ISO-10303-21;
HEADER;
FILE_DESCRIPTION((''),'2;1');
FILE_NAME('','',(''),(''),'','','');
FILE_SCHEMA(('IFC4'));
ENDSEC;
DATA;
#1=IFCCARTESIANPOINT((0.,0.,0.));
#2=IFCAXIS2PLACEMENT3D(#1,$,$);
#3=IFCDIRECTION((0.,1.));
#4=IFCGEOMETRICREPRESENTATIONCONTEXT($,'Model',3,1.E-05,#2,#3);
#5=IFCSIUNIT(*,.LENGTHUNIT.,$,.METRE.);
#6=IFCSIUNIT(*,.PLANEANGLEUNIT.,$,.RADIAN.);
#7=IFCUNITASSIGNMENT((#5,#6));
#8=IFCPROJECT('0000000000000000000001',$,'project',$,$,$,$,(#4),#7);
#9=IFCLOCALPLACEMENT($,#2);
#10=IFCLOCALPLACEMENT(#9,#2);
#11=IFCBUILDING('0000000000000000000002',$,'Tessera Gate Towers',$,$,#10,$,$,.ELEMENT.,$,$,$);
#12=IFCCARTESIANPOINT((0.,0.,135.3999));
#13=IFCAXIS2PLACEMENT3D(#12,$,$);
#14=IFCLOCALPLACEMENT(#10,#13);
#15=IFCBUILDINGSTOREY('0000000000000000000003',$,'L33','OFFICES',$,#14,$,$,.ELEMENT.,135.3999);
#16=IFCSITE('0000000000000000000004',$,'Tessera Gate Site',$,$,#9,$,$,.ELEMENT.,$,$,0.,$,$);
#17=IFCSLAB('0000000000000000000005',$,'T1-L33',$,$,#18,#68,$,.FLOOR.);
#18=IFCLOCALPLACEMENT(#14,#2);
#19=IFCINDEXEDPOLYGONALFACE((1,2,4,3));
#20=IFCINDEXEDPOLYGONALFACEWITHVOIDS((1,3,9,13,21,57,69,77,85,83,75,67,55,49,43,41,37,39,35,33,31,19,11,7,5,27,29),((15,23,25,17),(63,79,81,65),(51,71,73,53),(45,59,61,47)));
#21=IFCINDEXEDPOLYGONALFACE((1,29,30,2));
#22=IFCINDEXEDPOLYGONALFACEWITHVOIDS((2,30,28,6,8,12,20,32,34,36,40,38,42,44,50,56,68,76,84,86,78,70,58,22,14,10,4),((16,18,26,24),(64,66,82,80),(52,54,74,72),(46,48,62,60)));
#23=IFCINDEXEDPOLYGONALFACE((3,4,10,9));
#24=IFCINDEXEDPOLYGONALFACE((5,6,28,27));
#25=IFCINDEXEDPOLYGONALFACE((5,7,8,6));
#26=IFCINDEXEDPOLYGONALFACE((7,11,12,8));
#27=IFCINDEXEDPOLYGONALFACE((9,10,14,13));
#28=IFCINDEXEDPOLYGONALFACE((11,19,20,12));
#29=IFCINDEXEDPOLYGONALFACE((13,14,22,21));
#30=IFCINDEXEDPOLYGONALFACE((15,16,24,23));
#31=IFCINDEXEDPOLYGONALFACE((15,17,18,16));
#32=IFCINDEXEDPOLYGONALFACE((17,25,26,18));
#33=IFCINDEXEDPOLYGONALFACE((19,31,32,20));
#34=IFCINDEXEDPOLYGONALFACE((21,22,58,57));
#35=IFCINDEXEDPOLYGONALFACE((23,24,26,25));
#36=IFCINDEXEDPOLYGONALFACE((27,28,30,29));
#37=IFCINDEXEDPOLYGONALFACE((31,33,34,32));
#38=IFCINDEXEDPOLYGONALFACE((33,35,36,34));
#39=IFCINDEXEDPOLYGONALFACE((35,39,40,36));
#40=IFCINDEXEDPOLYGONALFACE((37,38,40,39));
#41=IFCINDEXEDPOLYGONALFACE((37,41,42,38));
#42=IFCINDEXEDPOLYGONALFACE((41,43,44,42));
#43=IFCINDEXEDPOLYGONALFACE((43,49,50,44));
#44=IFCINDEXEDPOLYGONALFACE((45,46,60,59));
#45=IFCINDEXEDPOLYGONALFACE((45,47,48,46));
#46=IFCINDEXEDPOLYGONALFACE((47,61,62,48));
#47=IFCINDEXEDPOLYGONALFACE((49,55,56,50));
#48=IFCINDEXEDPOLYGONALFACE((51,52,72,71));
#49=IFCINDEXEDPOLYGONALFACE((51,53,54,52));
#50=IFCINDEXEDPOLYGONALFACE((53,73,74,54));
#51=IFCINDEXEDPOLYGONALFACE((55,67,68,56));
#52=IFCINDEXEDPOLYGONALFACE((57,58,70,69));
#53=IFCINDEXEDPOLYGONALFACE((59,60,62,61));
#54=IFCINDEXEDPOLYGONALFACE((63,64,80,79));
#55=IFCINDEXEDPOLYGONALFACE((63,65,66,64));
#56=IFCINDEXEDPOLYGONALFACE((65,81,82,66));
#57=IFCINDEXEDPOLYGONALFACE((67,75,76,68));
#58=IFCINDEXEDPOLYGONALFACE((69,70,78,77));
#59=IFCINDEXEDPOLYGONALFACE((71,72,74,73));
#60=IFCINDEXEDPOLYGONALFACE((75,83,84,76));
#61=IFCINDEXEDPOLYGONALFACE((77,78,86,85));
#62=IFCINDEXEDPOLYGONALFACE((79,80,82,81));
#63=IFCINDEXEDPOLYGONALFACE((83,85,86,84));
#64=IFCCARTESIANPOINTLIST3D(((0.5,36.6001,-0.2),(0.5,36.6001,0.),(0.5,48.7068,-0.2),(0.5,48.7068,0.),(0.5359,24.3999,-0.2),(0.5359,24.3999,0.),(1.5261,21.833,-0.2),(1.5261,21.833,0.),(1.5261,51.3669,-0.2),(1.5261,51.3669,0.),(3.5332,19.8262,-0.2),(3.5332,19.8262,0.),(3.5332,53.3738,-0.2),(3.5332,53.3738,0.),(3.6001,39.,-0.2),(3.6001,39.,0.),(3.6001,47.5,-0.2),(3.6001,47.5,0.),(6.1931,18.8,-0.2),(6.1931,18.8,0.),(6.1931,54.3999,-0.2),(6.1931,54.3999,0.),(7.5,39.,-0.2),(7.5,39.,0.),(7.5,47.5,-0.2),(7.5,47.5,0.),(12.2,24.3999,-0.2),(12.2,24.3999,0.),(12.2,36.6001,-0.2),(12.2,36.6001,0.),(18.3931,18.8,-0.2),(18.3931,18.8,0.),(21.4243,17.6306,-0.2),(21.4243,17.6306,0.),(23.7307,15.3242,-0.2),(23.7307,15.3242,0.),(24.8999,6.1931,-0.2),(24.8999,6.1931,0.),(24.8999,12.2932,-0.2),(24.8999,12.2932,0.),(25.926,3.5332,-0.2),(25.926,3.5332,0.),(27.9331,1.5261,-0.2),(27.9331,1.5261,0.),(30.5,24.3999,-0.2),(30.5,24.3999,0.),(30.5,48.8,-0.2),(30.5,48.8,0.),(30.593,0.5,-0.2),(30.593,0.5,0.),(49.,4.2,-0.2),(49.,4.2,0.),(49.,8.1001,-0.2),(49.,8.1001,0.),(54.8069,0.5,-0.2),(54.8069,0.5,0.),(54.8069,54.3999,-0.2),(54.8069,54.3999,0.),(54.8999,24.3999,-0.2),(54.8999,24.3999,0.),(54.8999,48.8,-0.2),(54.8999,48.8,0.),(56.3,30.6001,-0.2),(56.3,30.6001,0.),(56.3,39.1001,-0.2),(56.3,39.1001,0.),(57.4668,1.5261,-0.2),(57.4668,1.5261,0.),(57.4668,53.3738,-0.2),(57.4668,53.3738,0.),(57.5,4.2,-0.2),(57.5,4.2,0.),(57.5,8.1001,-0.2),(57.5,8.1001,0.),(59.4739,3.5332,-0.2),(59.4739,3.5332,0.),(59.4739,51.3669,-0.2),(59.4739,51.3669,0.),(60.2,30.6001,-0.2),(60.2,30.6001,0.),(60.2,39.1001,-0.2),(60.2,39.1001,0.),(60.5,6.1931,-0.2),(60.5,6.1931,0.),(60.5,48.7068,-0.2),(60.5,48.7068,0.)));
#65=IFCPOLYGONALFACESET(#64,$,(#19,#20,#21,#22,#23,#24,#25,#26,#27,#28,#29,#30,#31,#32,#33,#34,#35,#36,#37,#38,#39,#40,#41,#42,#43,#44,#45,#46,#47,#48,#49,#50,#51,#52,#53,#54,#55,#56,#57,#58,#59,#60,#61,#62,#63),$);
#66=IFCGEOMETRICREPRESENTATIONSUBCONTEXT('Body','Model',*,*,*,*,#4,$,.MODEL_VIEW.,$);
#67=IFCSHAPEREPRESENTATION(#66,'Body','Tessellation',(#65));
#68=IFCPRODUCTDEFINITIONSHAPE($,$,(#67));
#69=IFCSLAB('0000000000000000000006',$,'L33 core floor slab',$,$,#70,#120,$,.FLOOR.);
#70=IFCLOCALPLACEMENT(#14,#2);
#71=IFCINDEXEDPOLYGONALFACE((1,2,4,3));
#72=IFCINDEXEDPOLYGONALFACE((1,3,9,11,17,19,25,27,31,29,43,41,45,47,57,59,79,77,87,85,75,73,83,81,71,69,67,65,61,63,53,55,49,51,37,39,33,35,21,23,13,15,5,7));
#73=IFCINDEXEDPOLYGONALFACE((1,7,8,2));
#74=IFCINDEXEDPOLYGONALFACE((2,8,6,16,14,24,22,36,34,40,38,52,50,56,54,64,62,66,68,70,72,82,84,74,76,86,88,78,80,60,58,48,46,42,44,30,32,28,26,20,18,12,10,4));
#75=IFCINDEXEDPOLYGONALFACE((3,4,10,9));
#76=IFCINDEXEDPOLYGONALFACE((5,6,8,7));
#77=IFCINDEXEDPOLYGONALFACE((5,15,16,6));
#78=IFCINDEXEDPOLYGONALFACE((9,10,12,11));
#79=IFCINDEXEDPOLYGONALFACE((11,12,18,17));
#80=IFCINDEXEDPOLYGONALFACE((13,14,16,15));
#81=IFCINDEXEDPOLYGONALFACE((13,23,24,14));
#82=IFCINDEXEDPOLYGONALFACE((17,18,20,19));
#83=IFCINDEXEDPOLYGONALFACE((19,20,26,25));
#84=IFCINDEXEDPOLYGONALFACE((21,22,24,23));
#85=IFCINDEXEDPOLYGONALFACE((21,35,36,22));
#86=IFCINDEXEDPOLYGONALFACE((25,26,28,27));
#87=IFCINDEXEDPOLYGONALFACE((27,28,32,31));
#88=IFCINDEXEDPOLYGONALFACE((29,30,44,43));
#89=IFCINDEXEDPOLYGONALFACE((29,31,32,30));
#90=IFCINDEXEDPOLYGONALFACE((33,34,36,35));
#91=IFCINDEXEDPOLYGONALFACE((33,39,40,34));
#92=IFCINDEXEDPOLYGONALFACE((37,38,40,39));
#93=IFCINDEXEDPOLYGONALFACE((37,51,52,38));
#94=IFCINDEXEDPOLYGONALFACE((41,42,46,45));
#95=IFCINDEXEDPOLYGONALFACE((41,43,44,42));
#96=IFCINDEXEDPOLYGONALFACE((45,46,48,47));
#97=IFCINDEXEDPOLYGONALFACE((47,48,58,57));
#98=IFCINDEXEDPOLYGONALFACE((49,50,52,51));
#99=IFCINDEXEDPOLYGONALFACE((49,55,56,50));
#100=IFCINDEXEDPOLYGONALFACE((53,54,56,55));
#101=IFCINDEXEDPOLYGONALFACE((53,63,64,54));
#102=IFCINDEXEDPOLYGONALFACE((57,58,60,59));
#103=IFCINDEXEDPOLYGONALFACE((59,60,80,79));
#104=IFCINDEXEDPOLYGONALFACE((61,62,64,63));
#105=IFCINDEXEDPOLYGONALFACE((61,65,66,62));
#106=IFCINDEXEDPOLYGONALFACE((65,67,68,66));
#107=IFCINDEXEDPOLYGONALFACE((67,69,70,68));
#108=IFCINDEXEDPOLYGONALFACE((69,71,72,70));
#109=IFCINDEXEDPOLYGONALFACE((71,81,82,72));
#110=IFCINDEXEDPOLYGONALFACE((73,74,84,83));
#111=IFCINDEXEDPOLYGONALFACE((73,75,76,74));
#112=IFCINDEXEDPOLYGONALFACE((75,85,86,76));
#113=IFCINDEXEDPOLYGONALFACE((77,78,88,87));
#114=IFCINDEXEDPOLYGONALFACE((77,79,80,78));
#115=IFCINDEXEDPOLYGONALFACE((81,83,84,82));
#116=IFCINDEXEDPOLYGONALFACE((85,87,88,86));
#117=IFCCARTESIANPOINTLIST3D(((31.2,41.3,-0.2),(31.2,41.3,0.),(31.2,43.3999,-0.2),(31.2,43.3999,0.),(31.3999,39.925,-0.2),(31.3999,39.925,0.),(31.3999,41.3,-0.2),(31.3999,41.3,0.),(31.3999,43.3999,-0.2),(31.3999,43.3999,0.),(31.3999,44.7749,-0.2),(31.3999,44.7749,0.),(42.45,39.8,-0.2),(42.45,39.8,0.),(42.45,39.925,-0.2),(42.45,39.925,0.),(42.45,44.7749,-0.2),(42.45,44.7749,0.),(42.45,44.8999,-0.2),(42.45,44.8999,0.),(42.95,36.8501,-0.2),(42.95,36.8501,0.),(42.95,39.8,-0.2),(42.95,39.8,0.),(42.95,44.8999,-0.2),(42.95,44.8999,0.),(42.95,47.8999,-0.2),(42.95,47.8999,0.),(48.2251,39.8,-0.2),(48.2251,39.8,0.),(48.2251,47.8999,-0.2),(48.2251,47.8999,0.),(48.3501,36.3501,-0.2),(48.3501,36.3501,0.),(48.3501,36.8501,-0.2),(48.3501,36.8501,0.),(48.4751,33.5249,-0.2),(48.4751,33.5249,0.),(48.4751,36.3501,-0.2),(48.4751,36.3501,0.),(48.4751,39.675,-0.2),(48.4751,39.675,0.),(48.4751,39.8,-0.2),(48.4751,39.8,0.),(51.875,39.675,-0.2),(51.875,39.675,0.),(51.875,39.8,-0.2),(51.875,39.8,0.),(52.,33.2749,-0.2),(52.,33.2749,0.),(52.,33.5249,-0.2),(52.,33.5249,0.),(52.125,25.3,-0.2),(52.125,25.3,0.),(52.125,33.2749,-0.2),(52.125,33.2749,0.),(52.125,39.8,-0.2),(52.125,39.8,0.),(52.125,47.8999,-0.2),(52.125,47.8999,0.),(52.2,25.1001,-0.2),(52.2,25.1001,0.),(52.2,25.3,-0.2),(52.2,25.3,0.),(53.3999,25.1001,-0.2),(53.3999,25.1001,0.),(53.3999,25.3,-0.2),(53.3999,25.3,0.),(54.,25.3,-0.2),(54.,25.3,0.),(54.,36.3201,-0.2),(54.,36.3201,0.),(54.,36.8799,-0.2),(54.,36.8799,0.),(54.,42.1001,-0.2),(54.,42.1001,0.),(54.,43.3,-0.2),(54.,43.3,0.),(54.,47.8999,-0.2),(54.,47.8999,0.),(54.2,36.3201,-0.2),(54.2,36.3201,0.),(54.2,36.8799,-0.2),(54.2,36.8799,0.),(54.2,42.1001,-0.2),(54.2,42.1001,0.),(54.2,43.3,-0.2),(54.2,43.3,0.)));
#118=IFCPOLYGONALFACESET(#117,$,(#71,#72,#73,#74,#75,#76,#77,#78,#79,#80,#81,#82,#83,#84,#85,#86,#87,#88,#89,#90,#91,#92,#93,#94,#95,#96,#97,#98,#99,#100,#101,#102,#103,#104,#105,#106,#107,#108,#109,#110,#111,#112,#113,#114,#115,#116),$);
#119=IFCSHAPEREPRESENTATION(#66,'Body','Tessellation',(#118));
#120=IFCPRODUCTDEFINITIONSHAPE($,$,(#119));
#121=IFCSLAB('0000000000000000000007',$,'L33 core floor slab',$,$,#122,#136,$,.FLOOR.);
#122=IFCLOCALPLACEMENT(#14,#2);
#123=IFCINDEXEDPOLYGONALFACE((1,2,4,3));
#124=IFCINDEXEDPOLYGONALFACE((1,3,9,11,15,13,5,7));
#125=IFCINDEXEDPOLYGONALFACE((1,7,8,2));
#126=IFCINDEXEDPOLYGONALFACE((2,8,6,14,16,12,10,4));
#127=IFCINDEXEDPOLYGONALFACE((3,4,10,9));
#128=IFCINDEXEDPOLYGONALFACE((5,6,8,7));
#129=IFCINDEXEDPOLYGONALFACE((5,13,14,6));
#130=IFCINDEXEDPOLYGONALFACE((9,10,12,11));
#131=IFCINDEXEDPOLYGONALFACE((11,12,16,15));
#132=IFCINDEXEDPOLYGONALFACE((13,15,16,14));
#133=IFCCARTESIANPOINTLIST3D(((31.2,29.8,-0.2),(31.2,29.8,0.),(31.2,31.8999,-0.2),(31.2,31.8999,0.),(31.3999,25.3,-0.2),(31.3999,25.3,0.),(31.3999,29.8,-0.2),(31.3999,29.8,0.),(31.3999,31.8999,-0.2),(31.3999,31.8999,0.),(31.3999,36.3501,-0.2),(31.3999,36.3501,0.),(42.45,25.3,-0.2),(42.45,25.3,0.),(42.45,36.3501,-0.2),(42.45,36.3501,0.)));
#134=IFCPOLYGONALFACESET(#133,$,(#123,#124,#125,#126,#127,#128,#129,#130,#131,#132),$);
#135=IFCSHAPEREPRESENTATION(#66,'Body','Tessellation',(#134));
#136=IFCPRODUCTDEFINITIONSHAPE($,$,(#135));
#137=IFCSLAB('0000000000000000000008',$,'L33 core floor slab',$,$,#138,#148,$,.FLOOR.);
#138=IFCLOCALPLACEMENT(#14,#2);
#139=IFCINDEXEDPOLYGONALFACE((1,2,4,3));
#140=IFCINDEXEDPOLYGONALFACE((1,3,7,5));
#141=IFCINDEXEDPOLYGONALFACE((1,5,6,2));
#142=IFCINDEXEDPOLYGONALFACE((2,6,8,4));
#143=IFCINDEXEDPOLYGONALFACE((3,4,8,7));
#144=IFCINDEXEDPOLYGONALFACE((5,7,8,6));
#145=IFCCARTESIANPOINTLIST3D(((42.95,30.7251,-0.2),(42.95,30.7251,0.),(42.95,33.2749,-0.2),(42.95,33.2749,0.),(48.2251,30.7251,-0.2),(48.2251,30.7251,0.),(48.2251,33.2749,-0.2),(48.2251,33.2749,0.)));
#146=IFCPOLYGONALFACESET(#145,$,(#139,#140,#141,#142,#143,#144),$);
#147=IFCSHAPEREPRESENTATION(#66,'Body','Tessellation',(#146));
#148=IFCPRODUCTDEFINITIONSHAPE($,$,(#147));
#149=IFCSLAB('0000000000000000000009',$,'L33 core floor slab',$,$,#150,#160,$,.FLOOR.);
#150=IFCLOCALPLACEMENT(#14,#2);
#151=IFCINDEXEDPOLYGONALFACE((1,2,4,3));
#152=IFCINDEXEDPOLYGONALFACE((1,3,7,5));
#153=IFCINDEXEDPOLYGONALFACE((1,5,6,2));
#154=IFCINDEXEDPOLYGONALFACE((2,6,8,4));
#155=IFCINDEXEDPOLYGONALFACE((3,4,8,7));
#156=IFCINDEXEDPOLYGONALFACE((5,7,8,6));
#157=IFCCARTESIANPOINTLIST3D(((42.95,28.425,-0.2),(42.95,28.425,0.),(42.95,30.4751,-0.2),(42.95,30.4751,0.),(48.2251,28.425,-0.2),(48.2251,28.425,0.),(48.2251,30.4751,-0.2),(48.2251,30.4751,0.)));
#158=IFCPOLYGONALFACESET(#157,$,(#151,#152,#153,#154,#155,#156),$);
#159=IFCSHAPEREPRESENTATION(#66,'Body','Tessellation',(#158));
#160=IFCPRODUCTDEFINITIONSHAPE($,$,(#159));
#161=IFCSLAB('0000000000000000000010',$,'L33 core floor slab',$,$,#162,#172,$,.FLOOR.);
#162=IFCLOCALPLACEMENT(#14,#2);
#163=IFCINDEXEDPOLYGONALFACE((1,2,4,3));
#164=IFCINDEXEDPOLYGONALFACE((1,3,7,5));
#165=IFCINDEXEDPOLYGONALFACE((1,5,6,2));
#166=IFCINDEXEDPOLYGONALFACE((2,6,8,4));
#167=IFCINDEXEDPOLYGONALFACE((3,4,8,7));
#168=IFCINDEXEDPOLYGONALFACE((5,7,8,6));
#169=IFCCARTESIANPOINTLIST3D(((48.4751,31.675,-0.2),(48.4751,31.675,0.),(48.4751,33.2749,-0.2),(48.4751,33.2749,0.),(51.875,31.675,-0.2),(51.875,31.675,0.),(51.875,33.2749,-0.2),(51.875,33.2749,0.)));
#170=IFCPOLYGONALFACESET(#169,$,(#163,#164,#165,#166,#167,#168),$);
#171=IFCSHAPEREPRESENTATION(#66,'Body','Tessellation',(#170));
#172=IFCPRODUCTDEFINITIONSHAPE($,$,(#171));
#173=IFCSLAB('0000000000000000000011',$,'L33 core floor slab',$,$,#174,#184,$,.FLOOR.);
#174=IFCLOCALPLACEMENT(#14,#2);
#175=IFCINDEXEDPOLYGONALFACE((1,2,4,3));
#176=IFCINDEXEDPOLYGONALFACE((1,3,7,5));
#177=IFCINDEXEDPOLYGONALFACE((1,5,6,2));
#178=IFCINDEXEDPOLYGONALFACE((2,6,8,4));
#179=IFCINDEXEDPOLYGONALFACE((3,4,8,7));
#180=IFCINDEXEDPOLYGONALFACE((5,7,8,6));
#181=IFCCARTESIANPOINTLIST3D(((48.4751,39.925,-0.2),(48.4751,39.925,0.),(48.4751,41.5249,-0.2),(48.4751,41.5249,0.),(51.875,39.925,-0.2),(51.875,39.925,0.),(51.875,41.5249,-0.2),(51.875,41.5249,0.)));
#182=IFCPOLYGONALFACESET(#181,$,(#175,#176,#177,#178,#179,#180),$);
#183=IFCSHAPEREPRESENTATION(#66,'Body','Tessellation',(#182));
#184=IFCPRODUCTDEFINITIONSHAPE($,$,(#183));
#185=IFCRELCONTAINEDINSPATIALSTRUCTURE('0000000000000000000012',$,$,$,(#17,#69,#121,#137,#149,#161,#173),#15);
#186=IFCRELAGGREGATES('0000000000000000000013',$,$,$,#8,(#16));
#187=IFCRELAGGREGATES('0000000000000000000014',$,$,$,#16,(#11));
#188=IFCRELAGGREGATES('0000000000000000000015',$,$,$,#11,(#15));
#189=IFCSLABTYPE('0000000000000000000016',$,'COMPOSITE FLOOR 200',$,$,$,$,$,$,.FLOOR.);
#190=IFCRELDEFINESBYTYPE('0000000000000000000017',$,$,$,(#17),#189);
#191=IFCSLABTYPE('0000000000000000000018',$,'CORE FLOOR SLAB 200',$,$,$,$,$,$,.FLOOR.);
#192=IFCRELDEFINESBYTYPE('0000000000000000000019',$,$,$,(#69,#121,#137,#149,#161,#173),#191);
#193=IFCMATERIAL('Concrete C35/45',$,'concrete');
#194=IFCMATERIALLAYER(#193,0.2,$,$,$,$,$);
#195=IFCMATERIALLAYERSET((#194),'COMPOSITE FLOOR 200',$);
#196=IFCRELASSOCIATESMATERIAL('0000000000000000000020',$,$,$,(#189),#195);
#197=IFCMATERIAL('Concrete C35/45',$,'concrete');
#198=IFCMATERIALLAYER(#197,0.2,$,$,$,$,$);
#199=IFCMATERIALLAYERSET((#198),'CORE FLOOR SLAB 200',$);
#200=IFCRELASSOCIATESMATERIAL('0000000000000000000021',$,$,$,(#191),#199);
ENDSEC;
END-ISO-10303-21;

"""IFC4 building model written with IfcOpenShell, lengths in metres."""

from ifc_helpers import new_model, si_unit, direction, frame, origin, place, context, subcontext, project, spatial, polyline, outline, extrude, material, layer, layer_set, type_object, element, save


model = new_model("IFC4")

# Units and contexts
model_context = context("Model", 3, precision=1e-05, world=origin(), true_north=direction((0.0, 1.0)))
body_context = subcontext(model_context, "Body", "Model", "MODEL_VIEW")
ifc_project = project(units=[si_unit("LENGTHUNIT", "METRE"), si_unit("PLANEANGLEUNIT", "RADIAN")], contexts=[model_context])

# Site, building, storey
site_placement = place(None, origin())
site = spatial("IfcSite", under=ifc_project, at=site_placement, Name="Tessera Gate Site", CompositionType="ELEMENT", RefElevation=0.0)
building_placement = place(site_placement, origin())
building = spatial("IfcBuilding", under=site, at=building_placement, Name="Tessera Gate Towers", CompositionType="ELEMENT")
storey_placement = place(building_placement, frame((0.0, 0.0, 135.3999)))
storey = spatial("IfcBuildingStorey", under=building, at=storey_placement, Name="L33", Description="OFFICES", CompositionType="ELEMENT", Elevation=135.3999)

# Slabs
ifc_material_1 = material(Name="Concrete C35/45", Category="concrete")
ifc_layer_1 = layer(ifc_material_1, 0.2)
ifc_layer_set_1 = layer_set([ifc_layer_1], Name="COMPOSITE FLOOR 200")
slab_type_1 = type_object("IfcSlabType", Name="COMPOSITE FLOOR 200", PredefinedType="FLOOR", material=ifc_layer_set_1)
slab_1_placement = place(storey_placement, frame((0.0, 0.0, -0.2)))
element("IfcSlab", 1, at=slab_1_placement, inside=storey, type_object=slab_type_1, Name="T1-L33", PredefinedType="FLOOR", context=body_context, shape_type="SweptSolid", body=[
    extrude(outline(polyline([(0.5, 36.6001), (12.2, 36.6001), (12.2, 24.3999), (0.5359, 24.3999), (1.5261, 21.833), (3.5332, 19.8262), (6.1931, 18.8), (18.3931, 18.8), (21.4243, 17.6306), (23.7307, 15.3242), (24.8999, 12.2932), (24.8999, 6.1931), (25.926, 3.5332), (27.9331, 1.5261), (30.593, 0.5), (54.8069, 0.5), (57.4668, 1.5261), (59.4739, 3.5332), (60.5, 6.1931), (60.5, 48.7068), (59.4739, 51.3669), (57.4668, 53.3738), (54.8069, 54.3999), (6.1931, 54.3999), (3.5332, 53.3738), (1.5261, 51.3669), (0.5, 48.7068), (0.5, 36.6001)]), holes=[polyline([(3.6001, 39.0), (3.6001, 47.5), (7.5, 47.5), (7.5, 39.0), (3.6001, 39.0)]), polyline([(30.5, 24.3999), (30.5, 48.8), (54.8999, 48.8), (54.8999, 24.3999), (30.5, 24.3999)]), polyline([(49.0, 4.2), (49.0, 8.1001), (57.5, 8.1001), (57.5, 4.2), (49.0, 4.2)]), polyline([(56.3, 30.6001), (56.3, 39.1001), (60.2, 39.1001), (60.2, 30.6001), (56.3, 30.6001)])]), origin(), (0.0, 0.0, 1.0), 0.2),
])
ifc_material_2 = material(Name="Concrete C35/45", Category="concrete")
ifc_layer_2 = layer(ifc_material_2, 0.2)
ifc_layer_set_2 = layer_set([ifc_layer_2], Name="CORE FLOOR SLAB 200")
slab_type_2 = type_object("IfcSlabType", Name="CORE FLOOR SLAB 200", PredefinedType="FLOOR", material=ifc_layer_set_2)
slab_2_placement = place(storey_placement, frame((0.0, 0.0, -0.2)))
element("IfcSlab", 2, at=slab_2_placement, inside=storey, type_object=slab_type_2, Name="L33 core floor slab", PredefinedType="FLOOR", context=body_context, shape_type="SweptSolid", body=[
    extrude(outline(polyline([(42.45, 44.8999), (42.45, 44.7749), (31.3999, 44.7749), (31.3999, 43.3999), (31.2, 43.3999), (31.2, 41.3), (31.3999, 41.3), (31.3999, 39.925), (42.45, 39.925), (42.45, 39.8), (42.95, 39.8), (42.95, 36.8501), (48.3501, 36.8501), (48.3501, 36.3501), (48.4751, 36.3501), (48.4751, 33.5249), (52.0, 33.5249), (52.0, 33.2749), (52.125, 33.2749), (52.125, 25.3), (52.2, 25.3), (52.2, 25.1001), (53.3999, 25.1001), (53.3999, 25.3), (54.0, 25.3), (54.0, 36.3201), (54.2, 36.3201), (54.2, 36.8799), (54.0, 36.8799), (54.0, 42.1001), (54.2, 42.1001), (54.2, 43.3), (54.0, 43.3), (54.0, 47.8999), (52.125, 47.8999), (52.125, 39.8), (51.875, 39.8), (51.875, 39.675), (48.4751, 39.675), (48.4751, 39.8), (48.2251, 39.8), (48.2251, 47.8999), (42.95, 47.8999), (42.95, 44.8999), (42.45, 44.8999)])), origin(), (0.0, 0.0, 1.0), 0.2),
])
slab_3_placement = place(storey_placement, frame((0.0, 0.0, -0.2)))
element("IfcSlab", 3, at=slab_3_placement, inside=storey, type_object=slab_type_2, Name="L33 core floor slab", PredefinedType="FLOOR", context=body_context, shape_type="SweptSolid", body=[
    extrude(outline(polyline([(31.3999, 36.3501), (31.3999, 31.8999), (31.2, 31.8999), (31.2, 29.8), (31.3999, 29.8), (31.3999, 25.3), (42.45, 25.3), (42.45, 36.3501), (31.3999, 36.3501)])), origin(), (0.0, 0.0, 1.0), 0.2),
])
slab_4_placement = place(storey_placement, frame((0.0, 0.0, -0.2)))
element("IfcSlab", 4, at=slab_4_placement, inside=storey, type_object=slab_type_2, Name="L33 core floor slab", PredefinedType="FLOOR", context=body_context, shape_type="SweptSolid", body=[
    extrude(outline(polyline([(42.95, 33.2749), (42.95, 30.7251), (48.2251, 30.7251), (48.2251, 33.2749), (42.95, 33.2749)])), origin(), (0.0, 0.0, 1.0), 0.2),
])
slab_5_placement = place(storey_placement, frame((0.0, 0.0, -0.2)))
element("IfcSlab", 5, at=slab_5_placement, inside=storey, type_object=slab_type_2, Name="L33 core floor slab", PredefinedType="FLOOR", context=body_context, shape_type="SweptSolid", body=[
    extrude(outline(polyline([(48.2251, 30.4751), (42.95, 30.4751), (42.95, 28.425), (48.2251, 28.425), (48.2251, 30.4751)])), origin(), (0.0, 0.0, 1.0), 0.2),
])
slab_6_placement = place(storey_placement, frame((0.0, 0.0, -0.2)))
element("IfcSlab", 6, at=slab_6_placement, inside=storey, type_object=slab_type_2, Name="L33 core floor slab", PredefinedType="FLOOR", context=body_context, shape_type="SweptSolid", body=[
    extrude(outline(polyline([(51.875, 31.675), (51.875, 33.2749), (48.4751, 33.2749), (48.4751, 31.675), (51.875, 31.675)])), origin(), (0.0, 0.0, 1.0), 0.2),
])
slab_7_placement = place(storey_placement, frame((0.0, 0.0, -0.2)))
element("IfcSlab", 7, at=slab_7_placement, inside=storey, type_object=slab_type_2, Name="L33 core floor slab", PredefinedType="FLOOR", context=body_context, shape_type="SweptSolid", body=[
    extrude(outline(polyline([(48.4751, 41.5249), (48.4751, 39.925), (51.875, 39.925), (51.875, 41.5249), (48.4751, 41.5249)])), origin(), (0.0, 0.0, 1.0), 0.2),
])

save(model, "model.ifc")
